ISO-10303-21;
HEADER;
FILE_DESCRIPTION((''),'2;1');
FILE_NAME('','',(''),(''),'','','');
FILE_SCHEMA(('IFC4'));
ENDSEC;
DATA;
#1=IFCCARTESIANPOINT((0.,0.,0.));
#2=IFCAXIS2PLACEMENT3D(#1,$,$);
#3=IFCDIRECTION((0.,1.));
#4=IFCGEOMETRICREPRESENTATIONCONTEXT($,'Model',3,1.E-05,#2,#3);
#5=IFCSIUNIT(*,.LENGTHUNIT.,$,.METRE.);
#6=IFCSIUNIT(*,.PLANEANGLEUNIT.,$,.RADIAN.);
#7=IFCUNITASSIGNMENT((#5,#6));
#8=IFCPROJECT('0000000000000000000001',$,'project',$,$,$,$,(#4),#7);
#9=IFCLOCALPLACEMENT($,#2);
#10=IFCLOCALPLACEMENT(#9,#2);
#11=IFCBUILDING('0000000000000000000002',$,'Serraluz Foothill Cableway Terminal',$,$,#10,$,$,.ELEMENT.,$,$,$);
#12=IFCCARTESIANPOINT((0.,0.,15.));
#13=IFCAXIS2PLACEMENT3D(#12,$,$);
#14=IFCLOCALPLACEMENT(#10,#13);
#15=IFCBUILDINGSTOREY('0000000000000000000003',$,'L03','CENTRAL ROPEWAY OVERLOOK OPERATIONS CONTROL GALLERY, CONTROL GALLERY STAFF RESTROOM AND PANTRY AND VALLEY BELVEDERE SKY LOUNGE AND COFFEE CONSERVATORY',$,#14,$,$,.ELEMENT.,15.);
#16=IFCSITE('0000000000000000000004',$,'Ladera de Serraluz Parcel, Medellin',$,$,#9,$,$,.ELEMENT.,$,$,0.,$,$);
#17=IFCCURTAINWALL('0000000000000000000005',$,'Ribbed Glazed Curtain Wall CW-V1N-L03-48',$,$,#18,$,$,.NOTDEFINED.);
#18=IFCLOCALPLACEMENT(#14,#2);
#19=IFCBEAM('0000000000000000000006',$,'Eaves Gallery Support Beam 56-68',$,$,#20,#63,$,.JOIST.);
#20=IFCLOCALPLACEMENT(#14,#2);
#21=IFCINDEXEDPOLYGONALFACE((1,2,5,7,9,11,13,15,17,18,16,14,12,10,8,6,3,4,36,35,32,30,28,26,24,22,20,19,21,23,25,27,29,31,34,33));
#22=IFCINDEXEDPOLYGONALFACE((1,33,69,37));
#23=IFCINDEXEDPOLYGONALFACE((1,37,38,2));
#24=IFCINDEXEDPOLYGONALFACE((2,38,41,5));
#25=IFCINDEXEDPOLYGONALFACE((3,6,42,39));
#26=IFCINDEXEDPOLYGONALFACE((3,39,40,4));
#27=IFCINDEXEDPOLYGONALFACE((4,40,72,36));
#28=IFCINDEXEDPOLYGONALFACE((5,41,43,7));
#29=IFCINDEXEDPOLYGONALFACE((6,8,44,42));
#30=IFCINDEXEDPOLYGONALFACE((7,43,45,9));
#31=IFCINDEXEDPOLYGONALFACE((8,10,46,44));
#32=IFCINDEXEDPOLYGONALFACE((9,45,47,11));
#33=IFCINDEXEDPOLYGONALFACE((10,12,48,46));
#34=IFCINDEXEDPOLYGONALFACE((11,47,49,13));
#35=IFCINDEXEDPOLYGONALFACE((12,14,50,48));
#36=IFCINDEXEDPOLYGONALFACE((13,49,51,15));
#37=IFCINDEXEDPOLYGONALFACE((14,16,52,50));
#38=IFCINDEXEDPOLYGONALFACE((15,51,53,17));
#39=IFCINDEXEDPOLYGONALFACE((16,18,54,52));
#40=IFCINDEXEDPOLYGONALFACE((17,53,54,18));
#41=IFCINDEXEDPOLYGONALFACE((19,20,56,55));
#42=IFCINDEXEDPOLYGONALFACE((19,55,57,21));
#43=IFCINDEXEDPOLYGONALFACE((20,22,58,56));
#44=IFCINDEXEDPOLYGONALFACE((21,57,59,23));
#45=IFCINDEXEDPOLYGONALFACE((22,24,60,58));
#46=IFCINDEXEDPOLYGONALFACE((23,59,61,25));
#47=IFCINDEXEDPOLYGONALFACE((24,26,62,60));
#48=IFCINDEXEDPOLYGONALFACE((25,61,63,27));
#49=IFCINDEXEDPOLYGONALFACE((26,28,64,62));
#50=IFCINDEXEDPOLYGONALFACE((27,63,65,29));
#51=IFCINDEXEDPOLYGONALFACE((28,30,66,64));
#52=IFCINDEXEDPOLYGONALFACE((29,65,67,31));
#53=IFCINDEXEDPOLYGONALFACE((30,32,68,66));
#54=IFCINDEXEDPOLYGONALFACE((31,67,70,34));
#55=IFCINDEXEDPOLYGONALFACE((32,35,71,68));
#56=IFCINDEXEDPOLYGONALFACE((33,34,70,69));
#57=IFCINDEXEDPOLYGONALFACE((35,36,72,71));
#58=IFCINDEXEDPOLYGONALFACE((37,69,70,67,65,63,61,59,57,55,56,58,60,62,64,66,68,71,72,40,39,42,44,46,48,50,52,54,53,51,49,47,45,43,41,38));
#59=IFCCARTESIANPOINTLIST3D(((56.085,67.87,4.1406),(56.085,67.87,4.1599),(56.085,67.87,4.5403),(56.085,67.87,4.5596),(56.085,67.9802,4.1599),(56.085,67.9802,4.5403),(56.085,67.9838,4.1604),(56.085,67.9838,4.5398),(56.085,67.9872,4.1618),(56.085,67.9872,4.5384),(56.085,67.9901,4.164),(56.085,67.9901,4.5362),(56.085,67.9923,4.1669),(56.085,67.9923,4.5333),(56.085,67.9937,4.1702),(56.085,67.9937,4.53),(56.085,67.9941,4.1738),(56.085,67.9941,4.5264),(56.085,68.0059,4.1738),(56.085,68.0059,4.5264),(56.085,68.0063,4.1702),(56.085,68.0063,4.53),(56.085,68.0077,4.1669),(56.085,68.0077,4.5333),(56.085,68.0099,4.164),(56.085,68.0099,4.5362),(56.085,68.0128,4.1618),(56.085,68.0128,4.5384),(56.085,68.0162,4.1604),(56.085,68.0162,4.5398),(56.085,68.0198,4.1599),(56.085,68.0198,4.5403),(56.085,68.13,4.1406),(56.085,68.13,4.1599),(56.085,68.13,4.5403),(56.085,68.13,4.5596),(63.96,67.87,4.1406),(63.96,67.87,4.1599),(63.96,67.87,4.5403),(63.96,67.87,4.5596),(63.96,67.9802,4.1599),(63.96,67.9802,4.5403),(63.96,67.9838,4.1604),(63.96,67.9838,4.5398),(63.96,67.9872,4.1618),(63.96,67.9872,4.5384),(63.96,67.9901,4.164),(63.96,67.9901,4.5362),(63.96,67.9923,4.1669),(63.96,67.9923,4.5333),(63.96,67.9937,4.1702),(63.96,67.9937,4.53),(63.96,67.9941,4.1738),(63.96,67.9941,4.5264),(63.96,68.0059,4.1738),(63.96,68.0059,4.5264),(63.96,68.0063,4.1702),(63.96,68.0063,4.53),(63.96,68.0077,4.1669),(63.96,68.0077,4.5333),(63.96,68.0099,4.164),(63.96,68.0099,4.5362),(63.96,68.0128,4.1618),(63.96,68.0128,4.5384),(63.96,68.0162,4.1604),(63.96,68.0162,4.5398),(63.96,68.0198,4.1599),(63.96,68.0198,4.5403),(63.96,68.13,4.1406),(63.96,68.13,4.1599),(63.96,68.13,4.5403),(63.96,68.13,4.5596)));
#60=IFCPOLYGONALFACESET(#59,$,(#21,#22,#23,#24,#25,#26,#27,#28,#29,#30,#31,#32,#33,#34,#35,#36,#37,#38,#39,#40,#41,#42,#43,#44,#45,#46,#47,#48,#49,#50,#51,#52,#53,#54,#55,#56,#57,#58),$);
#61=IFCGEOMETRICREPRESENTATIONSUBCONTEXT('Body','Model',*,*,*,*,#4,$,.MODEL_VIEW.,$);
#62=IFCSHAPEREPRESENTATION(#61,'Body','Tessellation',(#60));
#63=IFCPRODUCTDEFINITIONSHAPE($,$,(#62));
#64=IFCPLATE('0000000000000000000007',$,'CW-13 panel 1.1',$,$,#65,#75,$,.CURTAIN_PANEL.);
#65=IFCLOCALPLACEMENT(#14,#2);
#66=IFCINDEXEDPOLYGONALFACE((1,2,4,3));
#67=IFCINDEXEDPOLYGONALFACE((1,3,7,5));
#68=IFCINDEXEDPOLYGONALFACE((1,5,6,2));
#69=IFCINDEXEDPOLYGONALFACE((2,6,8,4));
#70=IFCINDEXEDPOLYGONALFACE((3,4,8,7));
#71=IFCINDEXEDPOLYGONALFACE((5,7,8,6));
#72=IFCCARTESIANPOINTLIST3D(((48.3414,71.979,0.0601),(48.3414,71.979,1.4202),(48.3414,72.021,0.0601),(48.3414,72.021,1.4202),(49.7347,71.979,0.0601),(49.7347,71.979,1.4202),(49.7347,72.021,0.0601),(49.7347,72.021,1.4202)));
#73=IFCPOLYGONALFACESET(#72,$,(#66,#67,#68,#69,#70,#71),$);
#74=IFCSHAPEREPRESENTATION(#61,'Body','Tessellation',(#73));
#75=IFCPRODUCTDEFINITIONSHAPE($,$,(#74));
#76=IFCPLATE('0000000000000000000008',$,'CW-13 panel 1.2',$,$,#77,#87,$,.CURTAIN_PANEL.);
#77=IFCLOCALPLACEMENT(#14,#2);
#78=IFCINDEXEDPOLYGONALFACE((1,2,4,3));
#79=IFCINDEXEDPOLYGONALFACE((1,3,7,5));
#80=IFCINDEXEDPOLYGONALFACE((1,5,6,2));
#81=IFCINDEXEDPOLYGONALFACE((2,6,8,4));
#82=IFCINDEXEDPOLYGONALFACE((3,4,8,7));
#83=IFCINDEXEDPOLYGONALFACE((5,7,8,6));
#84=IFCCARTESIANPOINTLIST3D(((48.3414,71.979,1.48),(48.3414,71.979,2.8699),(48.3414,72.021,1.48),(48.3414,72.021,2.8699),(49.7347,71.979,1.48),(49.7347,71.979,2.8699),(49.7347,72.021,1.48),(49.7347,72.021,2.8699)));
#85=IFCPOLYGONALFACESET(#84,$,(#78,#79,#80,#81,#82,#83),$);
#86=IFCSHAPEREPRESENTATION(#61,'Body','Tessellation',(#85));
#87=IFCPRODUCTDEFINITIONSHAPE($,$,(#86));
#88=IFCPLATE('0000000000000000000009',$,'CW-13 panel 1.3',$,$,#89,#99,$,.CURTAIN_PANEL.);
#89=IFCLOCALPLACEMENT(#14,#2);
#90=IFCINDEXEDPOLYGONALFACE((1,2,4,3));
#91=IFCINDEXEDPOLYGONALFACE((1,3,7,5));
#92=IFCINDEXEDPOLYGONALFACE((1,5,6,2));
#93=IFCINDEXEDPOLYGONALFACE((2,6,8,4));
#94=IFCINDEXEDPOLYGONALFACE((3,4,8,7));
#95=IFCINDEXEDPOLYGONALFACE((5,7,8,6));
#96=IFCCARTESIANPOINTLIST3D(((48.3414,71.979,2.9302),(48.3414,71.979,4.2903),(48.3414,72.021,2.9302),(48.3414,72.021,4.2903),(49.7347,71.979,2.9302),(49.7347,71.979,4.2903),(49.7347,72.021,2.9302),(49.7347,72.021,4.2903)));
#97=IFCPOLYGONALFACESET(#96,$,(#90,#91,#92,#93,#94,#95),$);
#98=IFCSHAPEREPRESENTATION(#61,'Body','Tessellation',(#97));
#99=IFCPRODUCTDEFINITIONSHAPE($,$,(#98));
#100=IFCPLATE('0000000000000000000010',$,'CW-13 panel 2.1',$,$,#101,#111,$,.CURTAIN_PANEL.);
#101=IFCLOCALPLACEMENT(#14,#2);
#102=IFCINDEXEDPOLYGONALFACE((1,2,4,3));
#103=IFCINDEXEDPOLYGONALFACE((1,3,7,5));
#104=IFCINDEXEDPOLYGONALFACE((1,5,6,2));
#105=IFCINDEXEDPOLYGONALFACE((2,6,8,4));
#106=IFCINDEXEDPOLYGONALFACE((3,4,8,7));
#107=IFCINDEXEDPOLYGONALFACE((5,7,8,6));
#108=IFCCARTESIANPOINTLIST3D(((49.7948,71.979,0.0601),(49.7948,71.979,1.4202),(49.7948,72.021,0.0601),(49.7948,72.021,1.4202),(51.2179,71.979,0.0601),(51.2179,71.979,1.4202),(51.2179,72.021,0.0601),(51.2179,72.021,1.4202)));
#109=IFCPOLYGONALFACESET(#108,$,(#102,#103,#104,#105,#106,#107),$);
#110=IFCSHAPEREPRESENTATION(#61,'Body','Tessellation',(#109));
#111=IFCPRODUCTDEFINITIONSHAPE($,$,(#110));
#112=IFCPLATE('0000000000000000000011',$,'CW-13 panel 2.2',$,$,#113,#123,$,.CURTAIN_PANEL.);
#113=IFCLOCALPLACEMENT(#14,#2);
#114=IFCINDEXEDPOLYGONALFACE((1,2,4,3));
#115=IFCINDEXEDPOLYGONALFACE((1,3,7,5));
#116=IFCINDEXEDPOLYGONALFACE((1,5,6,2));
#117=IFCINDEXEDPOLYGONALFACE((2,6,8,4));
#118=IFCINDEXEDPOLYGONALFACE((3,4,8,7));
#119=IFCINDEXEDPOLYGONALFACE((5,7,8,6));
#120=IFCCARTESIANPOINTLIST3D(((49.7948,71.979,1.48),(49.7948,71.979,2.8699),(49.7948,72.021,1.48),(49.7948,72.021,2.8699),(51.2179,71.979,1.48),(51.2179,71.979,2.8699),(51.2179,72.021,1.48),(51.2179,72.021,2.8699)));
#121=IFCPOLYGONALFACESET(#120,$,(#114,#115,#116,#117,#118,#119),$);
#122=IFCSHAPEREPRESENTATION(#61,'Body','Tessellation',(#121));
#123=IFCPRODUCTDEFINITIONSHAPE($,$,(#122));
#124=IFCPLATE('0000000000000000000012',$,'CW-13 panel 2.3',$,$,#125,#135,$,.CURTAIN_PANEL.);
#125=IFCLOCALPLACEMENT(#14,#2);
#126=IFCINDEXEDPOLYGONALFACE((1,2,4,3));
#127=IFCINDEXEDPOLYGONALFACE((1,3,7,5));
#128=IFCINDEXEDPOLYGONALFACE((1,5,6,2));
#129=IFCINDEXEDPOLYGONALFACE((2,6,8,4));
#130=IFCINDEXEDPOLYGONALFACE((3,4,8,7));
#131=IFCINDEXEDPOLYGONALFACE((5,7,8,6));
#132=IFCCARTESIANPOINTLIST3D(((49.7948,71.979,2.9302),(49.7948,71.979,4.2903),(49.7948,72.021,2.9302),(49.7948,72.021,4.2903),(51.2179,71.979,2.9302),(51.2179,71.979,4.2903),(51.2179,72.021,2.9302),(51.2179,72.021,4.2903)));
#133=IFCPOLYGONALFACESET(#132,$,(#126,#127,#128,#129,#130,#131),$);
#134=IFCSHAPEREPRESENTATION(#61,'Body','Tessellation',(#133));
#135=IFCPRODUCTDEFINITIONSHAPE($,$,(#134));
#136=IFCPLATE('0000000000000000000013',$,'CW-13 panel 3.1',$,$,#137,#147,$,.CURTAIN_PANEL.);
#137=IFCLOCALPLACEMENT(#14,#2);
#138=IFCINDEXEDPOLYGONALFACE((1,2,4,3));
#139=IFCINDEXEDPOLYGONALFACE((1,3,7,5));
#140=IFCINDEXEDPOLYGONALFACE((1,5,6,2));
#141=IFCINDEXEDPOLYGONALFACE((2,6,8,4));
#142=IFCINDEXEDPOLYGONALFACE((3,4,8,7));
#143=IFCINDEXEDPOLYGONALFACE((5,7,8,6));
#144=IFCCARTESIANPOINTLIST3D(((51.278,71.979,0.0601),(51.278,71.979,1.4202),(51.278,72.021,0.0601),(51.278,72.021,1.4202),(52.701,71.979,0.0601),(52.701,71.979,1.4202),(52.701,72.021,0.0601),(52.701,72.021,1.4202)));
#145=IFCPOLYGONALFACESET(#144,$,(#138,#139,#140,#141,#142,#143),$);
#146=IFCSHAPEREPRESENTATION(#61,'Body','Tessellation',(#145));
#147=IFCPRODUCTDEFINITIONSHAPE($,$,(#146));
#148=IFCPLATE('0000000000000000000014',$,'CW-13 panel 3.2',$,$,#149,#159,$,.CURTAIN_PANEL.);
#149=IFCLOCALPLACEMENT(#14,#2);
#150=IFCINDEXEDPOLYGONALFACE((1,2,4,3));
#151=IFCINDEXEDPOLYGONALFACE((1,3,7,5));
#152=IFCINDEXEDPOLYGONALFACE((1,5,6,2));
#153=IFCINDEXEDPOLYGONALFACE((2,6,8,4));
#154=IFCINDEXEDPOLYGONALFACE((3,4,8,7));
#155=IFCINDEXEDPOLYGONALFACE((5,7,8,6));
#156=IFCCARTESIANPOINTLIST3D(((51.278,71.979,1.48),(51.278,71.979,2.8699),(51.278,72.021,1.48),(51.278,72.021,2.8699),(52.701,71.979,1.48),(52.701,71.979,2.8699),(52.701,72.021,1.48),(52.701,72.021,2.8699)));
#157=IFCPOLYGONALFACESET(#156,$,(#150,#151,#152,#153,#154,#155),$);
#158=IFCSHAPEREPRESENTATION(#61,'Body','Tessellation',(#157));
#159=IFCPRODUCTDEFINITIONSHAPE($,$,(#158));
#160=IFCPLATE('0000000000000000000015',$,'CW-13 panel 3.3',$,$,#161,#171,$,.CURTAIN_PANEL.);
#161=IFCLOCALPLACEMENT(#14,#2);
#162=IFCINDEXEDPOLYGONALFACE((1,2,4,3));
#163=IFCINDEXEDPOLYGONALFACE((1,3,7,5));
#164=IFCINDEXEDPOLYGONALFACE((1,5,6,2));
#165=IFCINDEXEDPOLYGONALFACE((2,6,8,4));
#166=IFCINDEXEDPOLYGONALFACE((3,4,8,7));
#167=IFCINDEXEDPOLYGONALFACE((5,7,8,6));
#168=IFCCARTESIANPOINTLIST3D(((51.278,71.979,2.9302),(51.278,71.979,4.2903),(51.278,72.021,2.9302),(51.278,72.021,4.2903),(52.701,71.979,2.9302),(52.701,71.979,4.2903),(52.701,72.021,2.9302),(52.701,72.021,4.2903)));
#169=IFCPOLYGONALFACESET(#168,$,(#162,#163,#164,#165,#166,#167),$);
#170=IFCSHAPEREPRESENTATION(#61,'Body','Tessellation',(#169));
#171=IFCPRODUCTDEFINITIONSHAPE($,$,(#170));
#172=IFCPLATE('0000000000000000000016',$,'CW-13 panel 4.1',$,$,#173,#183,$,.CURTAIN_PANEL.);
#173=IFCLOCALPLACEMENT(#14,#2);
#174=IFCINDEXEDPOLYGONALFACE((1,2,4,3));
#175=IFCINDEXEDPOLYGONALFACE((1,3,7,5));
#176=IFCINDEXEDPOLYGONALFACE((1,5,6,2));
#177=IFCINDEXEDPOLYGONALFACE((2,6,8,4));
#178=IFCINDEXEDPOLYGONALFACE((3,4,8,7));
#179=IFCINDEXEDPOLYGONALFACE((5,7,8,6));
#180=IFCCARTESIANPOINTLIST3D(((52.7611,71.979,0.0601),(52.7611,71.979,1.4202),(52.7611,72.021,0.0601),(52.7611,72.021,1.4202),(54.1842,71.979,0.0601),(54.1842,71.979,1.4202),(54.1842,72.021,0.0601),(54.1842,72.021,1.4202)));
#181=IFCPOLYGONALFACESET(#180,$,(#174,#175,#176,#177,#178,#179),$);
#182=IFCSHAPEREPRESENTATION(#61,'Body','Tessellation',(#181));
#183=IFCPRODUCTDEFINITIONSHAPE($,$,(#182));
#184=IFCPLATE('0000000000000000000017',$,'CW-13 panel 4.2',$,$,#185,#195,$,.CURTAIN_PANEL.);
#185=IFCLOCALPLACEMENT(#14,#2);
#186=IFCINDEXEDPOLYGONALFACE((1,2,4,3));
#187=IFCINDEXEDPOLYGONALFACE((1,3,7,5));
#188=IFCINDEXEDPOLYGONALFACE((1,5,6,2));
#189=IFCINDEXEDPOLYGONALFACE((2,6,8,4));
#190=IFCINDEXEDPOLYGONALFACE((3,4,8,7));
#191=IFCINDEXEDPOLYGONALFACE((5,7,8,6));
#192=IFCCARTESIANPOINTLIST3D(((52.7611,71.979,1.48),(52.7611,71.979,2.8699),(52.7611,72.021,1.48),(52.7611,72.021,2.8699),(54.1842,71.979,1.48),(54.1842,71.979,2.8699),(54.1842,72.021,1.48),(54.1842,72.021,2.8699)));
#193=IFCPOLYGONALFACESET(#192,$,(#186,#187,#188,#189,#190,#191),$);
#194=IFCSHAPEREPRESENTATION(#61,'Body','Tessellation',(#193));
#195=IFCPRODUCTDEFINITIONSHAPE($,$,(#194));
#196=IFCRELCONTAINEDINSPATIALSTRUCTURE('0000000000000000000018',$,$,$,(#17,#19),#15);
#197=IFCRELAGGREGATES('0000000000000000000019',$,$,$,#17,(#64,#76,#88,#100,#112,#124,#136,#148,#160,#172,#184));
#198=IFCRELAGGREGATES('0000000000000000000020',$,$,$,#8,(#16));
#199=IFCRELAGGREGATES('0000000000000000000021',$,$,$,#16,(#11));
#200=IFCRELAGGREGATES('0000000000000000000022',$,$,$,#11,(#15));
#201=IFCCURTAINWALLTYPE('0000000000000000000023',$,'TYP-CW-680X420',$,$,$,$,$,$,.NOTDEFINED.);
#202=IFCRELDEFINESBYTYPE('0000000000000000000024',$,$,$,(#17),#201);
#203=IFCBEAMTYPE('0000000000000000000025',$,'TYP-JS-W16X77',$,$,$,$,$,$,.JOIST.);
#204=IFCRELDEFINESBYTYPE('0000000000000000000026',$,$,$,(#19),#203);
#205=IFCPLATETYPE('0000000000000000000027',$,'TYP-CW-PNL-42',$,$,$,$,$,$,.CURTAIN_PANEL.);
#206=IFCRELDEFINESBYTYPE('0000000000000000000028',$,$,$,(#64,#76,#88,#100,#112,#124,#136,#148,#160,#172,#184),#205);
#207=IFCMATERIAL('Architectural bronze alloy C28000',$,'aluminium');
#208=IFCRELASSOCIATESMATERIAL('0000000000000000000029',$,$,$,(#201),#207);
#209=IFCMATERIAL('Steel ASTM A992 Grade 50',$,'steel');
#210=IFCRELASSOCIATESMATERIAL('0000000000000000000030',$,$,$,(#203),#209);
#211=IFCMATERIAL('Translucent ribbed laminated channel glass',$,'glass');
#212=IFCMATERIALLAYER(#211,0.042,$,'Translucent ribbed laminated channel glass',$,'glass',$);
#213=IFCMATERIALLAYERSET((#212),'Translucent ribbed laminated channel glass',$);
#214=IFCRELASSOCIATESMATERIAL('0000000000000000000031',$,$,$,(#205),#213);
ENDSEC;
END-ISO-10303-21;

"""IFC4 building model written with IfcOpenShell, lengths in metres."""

from ifc_helpers import new_model, si_unit, direction, frame, origin, origin_2d, place, context, subcontext, project, spatial, rectangle, i_section, extrude, material, layer, layer_set, material_profile, profile_set, type_object, element, aggregate, save


model = new_model("IFC4")

# Units and contexts
model_context = context("Model", 3, precision=1e-05, world=origin(), true_north=direction((0.0, 1.0)))
body_context = subcontext(model_context, "Body", "Model", "MODEL_VIEW")
ifc_project = project(units=[si_unit("LENGTHUNIT", "METRE"), si_unit("PLANEANGLEUNIT", "RADIAN")], contexts=[model_context])

# Site, building, storey
site_placement = place(None, origin())
site = spatial("IfcSite", under=ifc_project, at=site_placement, Name="Ladera de Serraluz Parcel, Medellin", CompositionType="ELEMENT", RefElevation=0.0)
building_placement = place(site_placement, origin())
building = spatial("IfcBuilding", under=site, at=building_placement, Name="Serraluz Foothill Cableway Terminal", CompositionType="ELEMENT")
storey_placement = place(building_placement, frame((0.0, 0.0, 15.0)))
storey = spatial("IfcBuildingStorey", under=building, at=storey_placement, Name="L03", Description="CENTRAL ROPEWAY OVERLOOK OPERATIONS CONTROL GALLERY, CONTROL GALLERY STAFF RESTROOM AND PANTRY AND VALLEY BELVEDERE SKY LOUNGE AND COFFEE CONSERVATORY", CompositionType="ELEMENT", Elevation=15.0)

# Curtain wall
ifc_material_1 = material(Name="Architectural bronze alloy C28000", Category="aluminium")
curtain_wall_type = type_object("IfcCurtainWallType", Name="TYP-CW-680X420", PredefinedType="NOTDEFINED", material=ifc_material_1)
curtain_wall_placement = place(storey_placement, origin())
curtain_wall = element("IfcCurtainWall", 1, at=curtain_wall_placement, inside=storey, type_object=curtain_wall_type, Name="Ribbed Glazed Curtain Wall CW-V1N-L03-48", PredefinedType="NOTDEFINED")

# Beam
ifc_material_2 = material(Name="Steel ASTM A992 Grade 50", Category="steel")
ifc_material_profile_1 = material_profile(ifc_material_2, i_section(OverallWidth=0.26, OverallDepth=0.4189, WebThickness=0.0117, FlangeThickness=0.0193, FilletRadius=0.0139, at=origin_2d()), Name="W16X77")
ifc_profile_set_1 = profile_set([ifc_material_profile_1], Name="Steel ASTM A992 Grade 50")
beam_type = type_object("IfcBeamType", Name="TYP-JS-W16X77", PredefinedType="JOIST", material=ifc_profile_set_1)
for number, where, z_axis, x_axis, name in (
    (2, (56.085, 68.0, 4.3501), (1.0, 0.0, 0.0), (0.0, 1.0, 0.0), "Eaves Gallery Support Beam 56-68"),
):
    element("IfcBeam", number, at=place(storey_placement, frame(where, z_axis=z_axis, x_axis=x_axis)), inside=storey, type_object=beam_type, Name=name, PredefinedType="JOIST", context=body_context, shape_type="SweptSolid", body=[
        extrude(i_section(OverallWidth=0.26, OverallDepth=0.4189, WebThickness=0.0117, FlangeThickness=0.0193, FilletRadius=0.0139, at=origin_2d()), origin(), (0.0, 0.0, 1.0), 7.875),
    ])

# Plates
ifc_material_3 = material(Name="Translucent ribbed laminated channel glass", Category="glass")
ifc_layer = layer(ifc_material_3, 0.042, Name="Translucent ribbed laminated channel glass", Category="glass")
ifc_layer_set = layer_set([ifc_layer], Name="Translucent ribbed laminated channel glass")
plate_type = type_object("IfcPlateType", Name="TYP-CW-PNL-42", PredefinedType="CURTAIN_PANEL", material=ifc_layer_set)
plate_1_placement = place(storey_placement, frame((49.0381, 72.0, 0.0601), z_axis=(0.0, 0.0, 1.0), x_axis=(1.0, 0.0, 0.0)))
plate_1 = element("IfcPlate", 3, at=plate_1_placement, type_object=plate_type, Name="CW-13 panel 1.1", PredefinedType="CURTAIN_PANEL", context=body_context, shape_type="SweptSolid", body=[
    extrude(rectangle(XDim=1.3933, YDim=0.042, at=origin_2d()), origin(), (0.0, 0.0, 1.0), 1.3601),
])
plate_2_placement = place(storey_placement, frame((49.0381, 72.0, 1.48), z_axis=(0.0, 0.0, 1.0), x_axis=(1.0, 0.0, 0.0)))
plate_2 = element("IfcPlate", 4, at=plate_2_placement, type_object=plate_type, Name="CW-13 panel 1.2", PredefinedType="CURTAIN_PANEL", context=body_context, shape_type="SweptSolid", body=[
    extrude(rectangle(XDim=1.3933, YDim=0.042, at=origin_2d()), origin(), (0.0, 0.0, 1.0), 1.3899),
])
plate_3_placement = place(storey_placement, frame((49.0381, 72.0, 2.9302), z_axis=(0.0, 0.0, 1.0), x_axis=(1.0, 0.0, 0.0)))
plate_3 = element("IfcPlate", 5, at=plate_3_placement, type_object=plate_type, Name="CW-13 panel 1.3", PredefinedType="CURTAIN_PANEL", context=body_context, shape_type="SweptSolid", body=[
    extrude(rectangle(XDim=1.3933, YDim=0.042, at=origin_2d()), origin(), (0.0, 0.0, 1.0), 1.3601),
])
plate_4_placement = place(storey_placement, frame((50.5063, 72.0, 0.0601), z_axis=(0.0, 0.0, 1.0), x_axis=(1.0, 0.0, 0.0)))
plate_4 = element("IfcPlate", 6, at=plate_4_placement, type_object=plate_type, Name="CW-13 panel 2.1", PredefinedType="CURTAIN_PANEL", context=body_context, shape_type="SweptSolid", body=[
    extrude(rectangle(XDim=1.4231, YDim=0.042, at=origin_2d()), origin(), (0.0, 0.0, 1.0), 1.3601),
])
plate_5_placement = place(storey_placement, frame((50.5063, 72.0, 1.48), z_axis=(0.0, 0.0, 1.0), x_axis=(1.0, 0.0, 0.0)))
plate_5 = element("IfcPlate", 7, at=plate_5_placement, type_object=plate_type, Name="CW-13 panel 2.2", PredefinedType="CURTAIN_PANEL", context=body_context, shape_type="SweptSolid", body=[
    extrude(rectangle(XDim=1.4231, YDim=0.042, at=origin_2d()), origin(), (0.0, 0.0, 1.0), 1.3899),
])
plate_6_placement = place(storey_placement, frame((50.5063, 72.0, 2.9302), z_axis=(0.0, 0.0, 1.0), x_axis=(1.0, 0.0, 0.0)))
plate_6 = element("IfcPlate", 8, at=plate_6_placement, type_object=plate_type, Name="CW-13 panel 2.3", PredefinedType="CURTAIN_PANEL", context=body_context, shape_type="SweptSolid", body=[
    extrude(rectangle(XDim=1.4231, YDim=0.042, at=origin_2d()), origin(), (0.0, 0.0, 1.0), 1.3601),
])
plate_7_placement = place(storey_placement, frame((51.9895, 72.0, 0.0601), z_axis=(0.0, 0.0, 1.0), x_axis=(1.0, 0.0, 0.0)))
plate_7 = element("IfcPlate", 9, at=plate_7_placement, type_object=plate_type, Name="CW-13 panel 3.1", PredefinedType="CURTAIN_PANEL", context=body_context, shape_type="SweptSolid", body=[
    extrude(rectangle(XDim=1.4231, YDim=0.042, at=origin_2d()), origin(), (0.0, 0.0, 1.0), 1.3601),
])
plate_8_placement = place(storey_placement, frame((51.9895, 72.0, 1.48), z_axis=(0.0, 0.0, 1.0), x_axis=(1.0, 0.0, 0.0)))
plate_8 = element("IfcPlate", 10, at=plate_8_placement, type_object=plate_type, Name="CW-13 panel 3.2", PredefinedType="CURTAIN_PANEL", context=body_context, shape_type="SweptSolid", body=[
    extrude(rectangle(XDim=1.4231, YDim=0.042, at=origin_2d()), origin(), (0.0, 0.0, 1.0), 1.3899),
])
plate_9_placement = place(storey_placement, frame((51.9895, 72.0, 2.9302), z_axis=(0.0, 0.0, 1.0), x_axis=(1.0, 0.0, 0.0)))
plate_9 = element("IfcPlate", 11, at=plate_9_placement, type_object=plate_type, Name="CW-13 panel 3.3", PredefinedType="CURTAIN_PANEL", context=body_context, shape_type="SweptSolid", body=[
    extrude(rectangle(XDim=1.4231, YDim=0.042, at=origin_2d()), origin(), (0.0, 0.0, 1.0), 1.3601),
])
plate_10_placement = place(storey_placement, frame((53.4727, 72.0, 0.0601), z_axis=(0.0, 0.0, 1.0), x_axis=(1.0, 0.0, 0.0)))
plate_10 = element("IfcPlate", 12, at=plate_10_placement, type_object=plate_type, Name="CW-13 panel 4.1", PredefinedType="CURTAIN_PANEL", context=body_context, shape_type="SweptSolid", body=[
    extrude(rectangle(XDim=1.4231, YDim=0.042, at=origin_2d()), origin(), (0.0, 0.0, 1.0), 1.3601),
])
plate_11_placement = place(storey_placement, frame((53.4727, 72.0, 1.48), z_axis=(0.0, 0.0, 1.0), x_axis=(1.0, 0.0, 0.0)))
plate_11 = element("IfcPlate", 13, at=plate_11_placement, type_object=plate_type, Name="CW-13 panel 4.2", PredefinedType="CURTAIN_PANEL", context=body_context, shape_type="SweptSolid", body=[
    extrude(rectangle(XDim=1.4231, YDim=0.042, at=origin_2d()), origin(), (0.0, 0.0, 1.0), 1.3899),
])
aggregate(curtain_wall, [plate_1, plate_2, plate_3, plate_4, plate_5, plate_6, plate_7, plate_8, plate_9, plate_10, plate_11])

save(model, "model.ifc")
